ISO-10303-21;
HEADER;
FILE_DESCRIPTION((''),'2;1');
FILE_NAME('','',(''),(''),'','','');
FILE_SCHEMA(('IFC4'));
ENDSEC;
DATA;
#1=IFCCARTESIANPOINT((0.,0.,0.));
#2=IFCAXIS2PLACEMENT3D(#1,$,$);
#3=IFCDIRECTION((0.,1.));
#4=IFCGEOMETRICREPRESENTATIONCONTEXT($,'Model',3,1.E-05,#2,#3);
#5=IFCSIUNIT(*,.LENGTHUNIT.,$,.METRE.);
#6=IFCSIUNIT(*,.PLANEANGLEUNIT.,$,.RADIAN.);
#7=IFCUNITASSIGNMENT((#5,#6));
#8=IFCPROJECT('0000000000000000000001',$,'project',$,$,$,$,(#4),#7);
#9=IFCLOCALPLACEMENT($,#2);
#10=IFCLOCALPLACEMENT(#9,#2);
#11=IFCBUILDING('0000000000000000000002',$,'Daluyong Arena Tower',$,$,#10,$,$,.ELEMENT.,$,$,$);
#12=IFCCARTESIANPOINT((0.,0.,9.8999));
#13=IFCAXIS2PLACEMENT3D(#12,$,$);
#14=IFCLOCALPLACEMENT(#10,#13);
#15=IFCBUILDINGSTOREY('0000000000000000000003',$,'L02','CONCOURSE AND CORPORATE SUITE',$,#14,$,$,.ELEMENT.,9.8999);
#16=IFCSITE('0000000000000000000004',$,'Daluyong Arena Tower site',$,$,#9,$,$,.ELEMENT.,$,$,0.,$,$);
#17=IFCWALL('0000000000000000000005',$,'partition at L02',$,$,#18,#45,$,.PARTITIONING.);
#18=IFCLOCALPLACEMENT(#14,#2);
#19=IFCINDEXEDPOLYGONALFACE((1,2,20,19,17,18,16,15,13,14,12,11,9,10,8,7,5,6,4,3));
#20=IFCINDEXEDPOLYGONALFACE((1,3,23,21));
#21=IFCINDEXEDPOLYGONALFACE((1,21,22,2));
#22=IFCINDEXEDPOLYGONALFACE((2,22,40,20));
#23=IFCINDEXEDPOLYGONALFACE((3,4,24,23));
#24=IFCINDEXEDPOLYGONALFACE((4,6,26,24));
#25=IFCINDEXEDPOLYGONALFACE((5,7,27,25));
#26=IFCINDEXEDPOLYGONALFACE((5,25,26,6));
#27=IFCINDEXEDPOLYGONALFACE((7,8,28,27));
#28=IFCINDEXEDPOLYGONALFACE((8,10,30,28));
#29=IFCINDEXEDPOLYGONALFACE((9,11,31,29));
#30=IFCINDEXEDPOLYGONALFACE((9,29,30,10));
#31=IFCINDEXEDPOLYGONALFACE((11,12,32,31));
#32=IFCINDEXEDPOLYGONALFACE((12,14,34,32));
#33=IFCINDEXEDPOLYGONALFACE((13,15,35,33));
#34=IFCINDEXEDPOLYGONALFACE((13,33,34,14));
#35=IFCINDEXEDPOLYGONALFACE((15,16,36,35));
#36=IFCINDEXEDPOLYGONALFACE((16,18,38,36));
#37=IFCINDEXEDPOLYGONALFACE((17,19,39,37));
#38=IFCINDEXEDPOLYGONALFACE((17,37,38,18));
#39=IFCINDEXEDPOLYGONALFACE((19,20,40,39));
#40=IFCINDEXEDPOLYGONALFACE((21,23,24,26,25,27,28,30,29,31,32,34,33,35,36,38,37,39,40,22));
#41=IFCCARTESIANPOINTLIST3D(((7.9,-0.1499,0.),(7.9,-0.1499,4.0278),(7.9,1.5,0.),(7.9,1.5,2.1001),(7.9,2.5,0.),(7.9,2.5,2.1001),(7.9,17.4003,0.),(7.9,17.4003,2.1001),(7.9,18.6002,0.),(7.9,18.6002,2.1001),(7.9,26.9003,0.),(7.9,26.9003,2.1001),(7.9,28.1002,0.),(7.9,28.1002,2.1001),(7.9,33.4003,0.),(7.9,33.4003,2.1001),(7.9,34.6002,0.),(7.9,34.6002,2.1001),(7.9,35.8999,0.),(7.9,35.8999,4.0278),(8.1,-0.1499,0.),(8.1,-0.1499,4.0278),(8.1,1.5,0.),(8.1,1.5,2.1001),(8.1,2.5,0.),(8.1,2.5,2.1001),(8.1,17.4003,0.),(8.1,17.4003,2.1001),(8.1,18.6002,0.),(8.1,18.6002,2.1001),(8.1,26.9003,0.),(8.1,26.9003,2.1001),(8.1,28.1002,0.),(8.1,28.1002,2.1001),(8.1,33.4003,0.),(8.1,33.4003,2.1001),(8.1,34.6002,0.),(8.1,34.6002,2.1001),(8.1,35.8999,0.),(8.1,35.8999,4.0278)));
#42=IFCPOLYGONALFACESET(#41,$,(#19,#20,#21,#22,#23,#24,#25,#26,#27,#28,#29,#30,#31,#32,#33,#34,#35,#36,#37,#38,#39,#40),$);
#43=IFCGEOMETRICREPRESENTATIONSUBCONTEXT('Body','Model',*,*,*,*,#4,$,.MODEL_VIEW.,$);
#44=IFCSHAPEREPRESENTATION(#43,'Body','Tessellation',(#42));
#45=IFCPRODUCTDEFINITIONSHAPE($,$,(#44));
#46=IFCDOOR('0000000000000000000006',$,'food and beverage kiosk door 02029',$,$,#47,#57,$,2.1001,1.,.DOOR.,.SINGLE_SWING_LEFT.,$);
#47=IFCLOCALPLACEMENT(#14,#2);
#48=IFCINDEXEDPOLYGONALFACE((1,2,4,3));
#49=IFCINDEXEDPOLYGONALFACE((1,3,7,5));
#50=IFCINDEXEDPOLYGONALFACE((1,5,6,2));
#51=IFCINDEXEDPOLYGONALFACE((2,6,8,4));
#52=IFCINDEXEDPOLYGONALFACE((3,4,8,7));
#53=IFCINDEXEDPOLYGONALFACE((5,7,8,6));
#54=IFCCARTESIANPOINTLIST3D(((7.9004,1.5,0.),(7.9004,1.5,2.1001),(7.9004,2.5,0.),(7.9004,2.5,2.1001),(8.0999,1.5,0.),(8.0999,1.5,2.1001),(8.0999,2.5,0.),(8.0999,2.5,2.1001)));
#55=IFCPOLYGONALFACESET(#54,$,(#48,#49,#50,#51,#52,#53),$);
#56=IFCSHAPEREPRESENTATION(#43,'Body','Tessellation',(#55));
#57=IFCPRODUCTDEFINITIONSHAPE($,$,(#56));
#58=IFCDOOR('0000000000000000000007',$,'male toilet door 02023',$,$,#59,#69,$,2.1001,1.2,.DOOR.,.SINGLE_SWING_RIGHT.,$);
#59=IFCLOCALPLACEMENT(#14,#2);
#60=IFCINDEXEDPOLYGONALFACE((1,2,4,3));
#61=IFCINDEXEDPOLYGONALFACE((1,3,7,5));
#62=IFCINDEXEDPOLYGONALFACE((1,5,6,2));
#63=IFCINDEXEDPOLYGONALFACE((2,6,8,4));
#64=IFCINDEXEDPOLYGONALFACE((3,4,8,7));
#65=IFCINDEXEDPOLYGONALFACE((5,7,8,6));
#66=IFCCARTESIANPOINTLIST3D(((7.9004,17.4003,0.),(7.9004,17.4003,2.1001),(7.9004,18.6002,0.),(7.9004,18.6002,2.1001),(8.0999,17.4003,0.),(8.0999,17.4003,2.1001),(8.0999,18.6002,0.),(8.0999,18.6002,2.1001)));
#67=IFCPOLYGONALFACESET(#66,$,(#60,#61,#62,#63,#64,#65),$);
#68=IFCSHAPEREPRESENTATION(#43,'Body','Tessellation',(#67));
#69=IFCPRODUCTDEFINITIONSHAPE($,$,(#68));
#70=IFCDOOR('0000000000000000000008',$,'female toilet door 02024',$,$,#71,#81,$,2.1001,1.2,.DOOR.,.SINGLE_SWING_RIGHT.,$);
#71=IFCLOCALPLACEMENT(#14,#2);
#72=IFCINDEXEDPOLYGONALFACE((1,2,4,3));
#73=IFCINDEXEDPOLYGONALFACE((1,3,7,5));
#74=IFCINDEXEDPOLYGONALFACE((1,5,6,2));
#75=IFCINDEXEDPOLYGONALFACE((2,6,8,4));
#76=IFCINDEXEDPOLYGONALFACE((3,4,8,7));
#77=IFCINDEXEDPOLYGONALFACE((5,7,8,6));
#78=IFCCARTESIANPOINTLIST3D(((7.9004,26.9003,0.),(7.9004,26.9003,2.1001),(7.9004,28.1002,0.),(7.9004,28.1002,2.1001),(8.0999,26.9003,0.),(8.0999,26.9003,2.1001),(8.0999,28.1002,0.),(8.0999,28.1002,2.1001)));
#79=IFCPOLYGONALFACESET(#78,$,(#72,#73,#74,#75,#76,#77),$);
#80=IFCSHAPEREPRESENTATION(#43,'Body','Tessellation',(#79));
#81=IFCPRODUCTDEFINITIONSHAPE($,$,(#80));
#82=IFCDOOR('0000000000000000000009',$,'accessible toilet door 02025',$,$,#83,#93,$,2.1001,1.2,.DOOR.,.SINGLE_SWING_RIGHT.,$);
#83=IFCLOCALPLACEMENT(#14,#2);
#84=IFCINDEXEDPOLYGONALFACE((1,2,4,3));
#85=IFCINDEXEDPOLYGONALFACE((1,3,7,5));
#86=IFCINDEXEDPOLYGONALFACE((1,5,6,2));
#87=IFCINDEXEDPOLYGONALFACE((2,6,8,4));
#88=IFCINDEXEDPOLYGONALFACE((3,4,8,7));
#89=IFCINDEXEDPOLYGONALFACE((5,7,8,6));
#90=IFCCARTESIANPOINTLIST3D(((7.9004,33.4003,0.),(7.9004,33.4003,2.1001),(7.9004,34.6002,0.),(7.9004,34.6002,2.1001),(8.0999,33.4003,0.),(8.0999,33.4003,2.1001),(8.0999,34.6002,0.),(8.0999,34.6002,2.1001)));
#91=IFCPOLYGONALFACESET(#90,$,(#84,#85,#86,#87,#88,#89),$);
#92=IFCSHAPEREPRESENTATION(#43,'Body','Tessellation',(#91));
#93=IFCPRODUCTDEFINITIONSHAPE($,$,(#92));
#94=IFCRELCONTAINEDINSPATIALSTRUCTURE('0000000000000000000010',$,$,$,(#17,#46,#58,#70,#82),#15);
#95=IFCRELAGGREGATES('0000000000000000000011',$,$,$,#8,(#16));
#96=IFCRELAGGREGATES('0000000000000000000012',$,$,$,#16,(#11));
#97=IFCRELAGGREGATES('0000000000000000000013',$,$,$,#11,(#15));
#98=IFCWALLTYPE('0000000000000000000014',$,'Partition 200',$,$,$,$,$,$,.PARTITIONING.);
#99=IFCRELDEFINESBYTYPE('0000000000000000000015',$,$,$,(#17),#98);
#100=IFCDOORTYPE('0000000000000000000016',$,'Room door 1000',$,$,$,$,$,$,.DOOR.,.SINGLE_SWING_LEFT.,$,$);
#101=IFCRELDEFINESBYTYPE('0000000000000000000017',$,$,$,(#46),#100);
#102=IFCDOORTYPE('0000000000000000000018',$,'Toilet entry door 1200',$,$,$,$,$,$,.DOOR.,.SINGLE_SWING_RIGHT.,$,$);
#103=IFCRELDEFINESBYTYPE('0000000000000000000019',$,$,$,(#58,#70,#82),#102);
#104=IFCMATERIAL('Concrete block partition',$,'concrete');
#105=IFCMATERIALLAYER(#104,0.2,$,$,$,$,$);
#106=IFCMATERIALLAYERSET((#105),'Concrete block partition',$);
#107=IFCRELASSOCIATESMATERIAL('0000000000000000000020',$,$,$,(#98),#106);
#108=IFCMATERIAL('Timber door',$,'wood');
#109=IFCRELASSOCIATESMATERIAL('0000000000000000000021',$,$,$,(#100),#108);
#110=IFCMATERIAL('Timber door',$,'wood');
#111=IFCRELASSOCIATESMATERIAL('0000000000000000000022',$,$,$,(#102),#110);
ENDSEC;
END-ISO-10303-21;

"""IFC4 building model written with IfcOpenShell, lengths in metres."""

from ifc_helpers import new_model, si_unit, direction, frame, frame_2d, origin, place, context, subcontext, project, spatial, rectangle, extrude, material, layer, layer_set, type_object, element, fill, save


model = new_model("IFC4")

# Units and contexts
model_context = context("Model", 3, precision=1e-05, world=origin(), true_north=direction((0.0, 1.0)))
body_context = subcontext(model_context, "Body", "Model", "MODEL_VIEW")
ifc_project = project(units=[si_unit("LENGTHUNIT", "METRE"), si_unit("PLANEANGLEUNIT", "RADIAN")], contexts=[model_context])

# Site, building, storey
site_placement = place(None, origin())
site = spatial("IfcSite", under=ifc_project, at=site_placement, Name="Daluyong Arena Tower site", CompositionType="ELEMENT", RefElevation=0.0)
building_placement = place(site_placement, origin())
building = spatial("IfcBuilding", under=site, at=building_placement, Name="Daluyong Arena Tower", CompositionType="ELEMENT")
storey_placement = place(building_placement, frame((0.0, 0.0, 9.8999)))
storey = spatial("IfcBuildingStorey", under=building, at=storey_placement, Name="L02", Description="CONCOURSE AND CORPORATE SUITE", CompositionType="ELEMENT", Elevation=9.8999)

# Wall, openings, doors
ifc_material_1 = material(Name="Concrete block partition", Category="concrete")
ifc_layer = layer(ifc_material_1, 0.2)
ifc_layer_set = layer_set([ifc_layer], Name="Concrete block partition")
wall_type = type_object("IfcWallType", Name="Partition 200", PredefinedType="PARTITIONING", material=ifc_layer_set)
wall_placement = place(storey_placement, frame((8.0, -0.1499, 0.0), z_axis=(0.0, 0.0, 1.0), x_axis=(0.0, 1.0, 0.0)))
wall = element("IfcWall", 1, at=wall_placement, inside=storey, type_object=wall_type, Name="partition at L02", PredefinedType="PARTITIONING", context=body_context, shape_type="SweptSolid", body=[
    extrude(rectangle(XDim=36.0498, YDim=0.2, at=frame_2d((18.0249, 0.0))), origin(), (0.0, 0.0, 1.0), 4.0278),
])
opening_1_placement = place(wall_placement, frame((17.55, 0.0, 0.0)))
opening_1 = element("IfcOpeningElement", 2, at=opening_1_placement, cuts=wall, PredefinedType="OPENING", context=body_context, shape_type="SweptSolid", body=[
    extrude(rectangle(XDim=1.2, YDim=2.1001, at=frame_2d((0.6001, 1.05))), frame((0.0, 0.1099, 0.0), z_axis=(0.0, -1.0, 0.0), x_axis=(1.0, 0.0, 0.0)), (0.0, 0.0, 1.0), 0.22),
])
opening_2_placement = place(wall_placement, frame((27.05, 0.0, 0.0)))
opening_2 = element("IfcOpeningElement", 3, at=opening_2_placement, cuts=wall, PredefinedType="OPENING", context=body_context, shape_type="SweptSolid", body=[
    extrude(rectangle(XDim=1.2, YDim=2.1001, at=frame_2d((0.6001, 1.05))), frame((0.0, 0.1099, 0.0), z_axis=(0.0, -1.0, 0.0), x_axis=(1.0, 0.0, 0.0)), (0.0, 0.0, 1.0), 0.22),
])
opening_3_placement = place(wall_placement, frame((33.55, 0.0, 0.0)))
opening_3 = element("IfcOpeningElement", 4, at=opening_3_placement, cuts=wall, PredefinedType="OPENING", context=body_context, shape_type="SweptSolid", body=[
    extrude(rectangle(XDim=1.2, YDim=2.1001, at=frame_2d((0.6001, 1.05))), frame((0.0, 0.1099, 0.0), z_axis=(0.0, -1.0, 0.0), x_axis=(1.0, 0.0, 0.0)), (0.0, 0.0, 1.0), 0.22),
])
opening_4_placement = place(wall_placement, frame((1.6499, 0.0, 0.0)))
opening_4 = element("IfcOpeningElement", 5, at=opening_4_placement, cuts=wall, PredefinedType="OPENING", context=body_context, shape_type="SweptSolid", body=[
    extrude(rectangle(XDim=1.0, YDim=2.1001, at=frame_2d((0.5, 1.05))), frame((0.0, 0.1099, 0.0), z_axis=(0.0, -1.0, 0.0), x_axis=(1.0, 0.0, 0.0)), (0.0, 0.0, 1.0), 0.22),
])
ifc_material_2 = material(Name="Timber door", Category="wood")
door_type_1 = type_object("IfcDoorType", Name="Room door 1000", OperationType="SINGLE_SWING_LEFT", PredefinedType="DOOR", material=ifc_material_2)
door_1_placement = place(opening_4_placement, origin())
door_1 = element("IfcDoor", 6, at=door_1_placement, inside=storey, type_object=door_type_1, Name="food and beverage kiosk door 02029", OperationType="SINGLE_SWING_LEFT", OverallHeight=2.1001, OverallWidth=1.0, PredefinedType="DOOR", context=body_context, shape_type="SweptSolid", body=[
    extrude(rectangle(XDim=1.0, YDim=2.1001, at=frame_2d((0.5, 1.05))), frame((0.0, 0.0996, 0.0), z_axis=(0.0, -1.0, 0.0), x_axis=(1.0, 0.0, 0.0)), (0.0, 0.0, 1.0), 0.1995),
])
fill(opening_4, door_1)
ifc_material_3 = material(Name="Timber door", Category="wood")
door_type_2 = type_object("IfcDoorType", Name="Toilet entry door 1200", OperationType="SINGLE_SWING_RIGHT", PredefinedType="DOOR", material=ifc_material_3)
door_2_placement = place(opening_1_placement, origin())
door_2 = element("IfcDoor", 7, at=door_2_placement, inside=storey, type_object=door_type_2, Name="male toilet door 02023", OperationType="SINGLE_SWING_RIGHT", OverallHeight=2.1001, OverallWidth=1.2, PredefinedType="DOOR", context=body_context, shape_type="SweptSolid", body=[
    extrude(rectangle(XDim=1.2, YDim=2.1001, at=frame_2d((0.6001, 1.05))), frame((0.0, 0.0996, 0.0), z_axis=(0.0, -1.0, 0.0), x_axis=(1.0, 0.0, 0.0)), (0.0, 0.0, 1.0), 0.1995),
])
fill(opening_1, door_2)
door_3_placement = place(opening_2_placement, origin())
door_3 = element("IfcDoor", 8, at=door_3_placement, inside=storey, type_object=door_type_2, Name="female toilet door 02024", OperationType="SINGLE_SWING_RIGHT", OverallHeight=2.1001, OverallWidth=1.2, PredefinedType="DOOR", context=body_context, shape_type="SweptSolid", body=[
    extrude(rectangle(XDim=1.2, YDim=2.1001, at=frame_2d((0.6001, 1.05))), frame((0.0, 0.0996, 0.0), z_axis=(0.0, -1.0, 0.0), x_axis=(1.0, 0.0, 0.0)), (0.0, 0.0, 1.0), 0.1995),
])
fill(opening_2, door_3)
door_4_placement = place(opening_3_placement, origin())
door_4 = element("IfcDoor", 9, at=door_4_placement, inside=storey, type_object=door_type_2, Name="accessible toilet door 02025", OperationType="SINGLE_SWING_RIGHT", OverallHeight=2.1001, OverallWidth=1.2, PredefinedType="DOOR", context=body_context, shape_type="SweptSolid", body=[
    extrude(rectangle(XDim=1.2, YDim=2.1001, at=frame_2d((0.6001, 1.05))), frame((0.0, 0.0996, 0.0), z_axis=(0.0, -1.0, 0.0), x_axis=(1.0, 0.0, 0.0)), (0.0, 0.0, 1.0), 0.1995),
])
fill(opening_3, door_4)

save(model, "model.ifc")
